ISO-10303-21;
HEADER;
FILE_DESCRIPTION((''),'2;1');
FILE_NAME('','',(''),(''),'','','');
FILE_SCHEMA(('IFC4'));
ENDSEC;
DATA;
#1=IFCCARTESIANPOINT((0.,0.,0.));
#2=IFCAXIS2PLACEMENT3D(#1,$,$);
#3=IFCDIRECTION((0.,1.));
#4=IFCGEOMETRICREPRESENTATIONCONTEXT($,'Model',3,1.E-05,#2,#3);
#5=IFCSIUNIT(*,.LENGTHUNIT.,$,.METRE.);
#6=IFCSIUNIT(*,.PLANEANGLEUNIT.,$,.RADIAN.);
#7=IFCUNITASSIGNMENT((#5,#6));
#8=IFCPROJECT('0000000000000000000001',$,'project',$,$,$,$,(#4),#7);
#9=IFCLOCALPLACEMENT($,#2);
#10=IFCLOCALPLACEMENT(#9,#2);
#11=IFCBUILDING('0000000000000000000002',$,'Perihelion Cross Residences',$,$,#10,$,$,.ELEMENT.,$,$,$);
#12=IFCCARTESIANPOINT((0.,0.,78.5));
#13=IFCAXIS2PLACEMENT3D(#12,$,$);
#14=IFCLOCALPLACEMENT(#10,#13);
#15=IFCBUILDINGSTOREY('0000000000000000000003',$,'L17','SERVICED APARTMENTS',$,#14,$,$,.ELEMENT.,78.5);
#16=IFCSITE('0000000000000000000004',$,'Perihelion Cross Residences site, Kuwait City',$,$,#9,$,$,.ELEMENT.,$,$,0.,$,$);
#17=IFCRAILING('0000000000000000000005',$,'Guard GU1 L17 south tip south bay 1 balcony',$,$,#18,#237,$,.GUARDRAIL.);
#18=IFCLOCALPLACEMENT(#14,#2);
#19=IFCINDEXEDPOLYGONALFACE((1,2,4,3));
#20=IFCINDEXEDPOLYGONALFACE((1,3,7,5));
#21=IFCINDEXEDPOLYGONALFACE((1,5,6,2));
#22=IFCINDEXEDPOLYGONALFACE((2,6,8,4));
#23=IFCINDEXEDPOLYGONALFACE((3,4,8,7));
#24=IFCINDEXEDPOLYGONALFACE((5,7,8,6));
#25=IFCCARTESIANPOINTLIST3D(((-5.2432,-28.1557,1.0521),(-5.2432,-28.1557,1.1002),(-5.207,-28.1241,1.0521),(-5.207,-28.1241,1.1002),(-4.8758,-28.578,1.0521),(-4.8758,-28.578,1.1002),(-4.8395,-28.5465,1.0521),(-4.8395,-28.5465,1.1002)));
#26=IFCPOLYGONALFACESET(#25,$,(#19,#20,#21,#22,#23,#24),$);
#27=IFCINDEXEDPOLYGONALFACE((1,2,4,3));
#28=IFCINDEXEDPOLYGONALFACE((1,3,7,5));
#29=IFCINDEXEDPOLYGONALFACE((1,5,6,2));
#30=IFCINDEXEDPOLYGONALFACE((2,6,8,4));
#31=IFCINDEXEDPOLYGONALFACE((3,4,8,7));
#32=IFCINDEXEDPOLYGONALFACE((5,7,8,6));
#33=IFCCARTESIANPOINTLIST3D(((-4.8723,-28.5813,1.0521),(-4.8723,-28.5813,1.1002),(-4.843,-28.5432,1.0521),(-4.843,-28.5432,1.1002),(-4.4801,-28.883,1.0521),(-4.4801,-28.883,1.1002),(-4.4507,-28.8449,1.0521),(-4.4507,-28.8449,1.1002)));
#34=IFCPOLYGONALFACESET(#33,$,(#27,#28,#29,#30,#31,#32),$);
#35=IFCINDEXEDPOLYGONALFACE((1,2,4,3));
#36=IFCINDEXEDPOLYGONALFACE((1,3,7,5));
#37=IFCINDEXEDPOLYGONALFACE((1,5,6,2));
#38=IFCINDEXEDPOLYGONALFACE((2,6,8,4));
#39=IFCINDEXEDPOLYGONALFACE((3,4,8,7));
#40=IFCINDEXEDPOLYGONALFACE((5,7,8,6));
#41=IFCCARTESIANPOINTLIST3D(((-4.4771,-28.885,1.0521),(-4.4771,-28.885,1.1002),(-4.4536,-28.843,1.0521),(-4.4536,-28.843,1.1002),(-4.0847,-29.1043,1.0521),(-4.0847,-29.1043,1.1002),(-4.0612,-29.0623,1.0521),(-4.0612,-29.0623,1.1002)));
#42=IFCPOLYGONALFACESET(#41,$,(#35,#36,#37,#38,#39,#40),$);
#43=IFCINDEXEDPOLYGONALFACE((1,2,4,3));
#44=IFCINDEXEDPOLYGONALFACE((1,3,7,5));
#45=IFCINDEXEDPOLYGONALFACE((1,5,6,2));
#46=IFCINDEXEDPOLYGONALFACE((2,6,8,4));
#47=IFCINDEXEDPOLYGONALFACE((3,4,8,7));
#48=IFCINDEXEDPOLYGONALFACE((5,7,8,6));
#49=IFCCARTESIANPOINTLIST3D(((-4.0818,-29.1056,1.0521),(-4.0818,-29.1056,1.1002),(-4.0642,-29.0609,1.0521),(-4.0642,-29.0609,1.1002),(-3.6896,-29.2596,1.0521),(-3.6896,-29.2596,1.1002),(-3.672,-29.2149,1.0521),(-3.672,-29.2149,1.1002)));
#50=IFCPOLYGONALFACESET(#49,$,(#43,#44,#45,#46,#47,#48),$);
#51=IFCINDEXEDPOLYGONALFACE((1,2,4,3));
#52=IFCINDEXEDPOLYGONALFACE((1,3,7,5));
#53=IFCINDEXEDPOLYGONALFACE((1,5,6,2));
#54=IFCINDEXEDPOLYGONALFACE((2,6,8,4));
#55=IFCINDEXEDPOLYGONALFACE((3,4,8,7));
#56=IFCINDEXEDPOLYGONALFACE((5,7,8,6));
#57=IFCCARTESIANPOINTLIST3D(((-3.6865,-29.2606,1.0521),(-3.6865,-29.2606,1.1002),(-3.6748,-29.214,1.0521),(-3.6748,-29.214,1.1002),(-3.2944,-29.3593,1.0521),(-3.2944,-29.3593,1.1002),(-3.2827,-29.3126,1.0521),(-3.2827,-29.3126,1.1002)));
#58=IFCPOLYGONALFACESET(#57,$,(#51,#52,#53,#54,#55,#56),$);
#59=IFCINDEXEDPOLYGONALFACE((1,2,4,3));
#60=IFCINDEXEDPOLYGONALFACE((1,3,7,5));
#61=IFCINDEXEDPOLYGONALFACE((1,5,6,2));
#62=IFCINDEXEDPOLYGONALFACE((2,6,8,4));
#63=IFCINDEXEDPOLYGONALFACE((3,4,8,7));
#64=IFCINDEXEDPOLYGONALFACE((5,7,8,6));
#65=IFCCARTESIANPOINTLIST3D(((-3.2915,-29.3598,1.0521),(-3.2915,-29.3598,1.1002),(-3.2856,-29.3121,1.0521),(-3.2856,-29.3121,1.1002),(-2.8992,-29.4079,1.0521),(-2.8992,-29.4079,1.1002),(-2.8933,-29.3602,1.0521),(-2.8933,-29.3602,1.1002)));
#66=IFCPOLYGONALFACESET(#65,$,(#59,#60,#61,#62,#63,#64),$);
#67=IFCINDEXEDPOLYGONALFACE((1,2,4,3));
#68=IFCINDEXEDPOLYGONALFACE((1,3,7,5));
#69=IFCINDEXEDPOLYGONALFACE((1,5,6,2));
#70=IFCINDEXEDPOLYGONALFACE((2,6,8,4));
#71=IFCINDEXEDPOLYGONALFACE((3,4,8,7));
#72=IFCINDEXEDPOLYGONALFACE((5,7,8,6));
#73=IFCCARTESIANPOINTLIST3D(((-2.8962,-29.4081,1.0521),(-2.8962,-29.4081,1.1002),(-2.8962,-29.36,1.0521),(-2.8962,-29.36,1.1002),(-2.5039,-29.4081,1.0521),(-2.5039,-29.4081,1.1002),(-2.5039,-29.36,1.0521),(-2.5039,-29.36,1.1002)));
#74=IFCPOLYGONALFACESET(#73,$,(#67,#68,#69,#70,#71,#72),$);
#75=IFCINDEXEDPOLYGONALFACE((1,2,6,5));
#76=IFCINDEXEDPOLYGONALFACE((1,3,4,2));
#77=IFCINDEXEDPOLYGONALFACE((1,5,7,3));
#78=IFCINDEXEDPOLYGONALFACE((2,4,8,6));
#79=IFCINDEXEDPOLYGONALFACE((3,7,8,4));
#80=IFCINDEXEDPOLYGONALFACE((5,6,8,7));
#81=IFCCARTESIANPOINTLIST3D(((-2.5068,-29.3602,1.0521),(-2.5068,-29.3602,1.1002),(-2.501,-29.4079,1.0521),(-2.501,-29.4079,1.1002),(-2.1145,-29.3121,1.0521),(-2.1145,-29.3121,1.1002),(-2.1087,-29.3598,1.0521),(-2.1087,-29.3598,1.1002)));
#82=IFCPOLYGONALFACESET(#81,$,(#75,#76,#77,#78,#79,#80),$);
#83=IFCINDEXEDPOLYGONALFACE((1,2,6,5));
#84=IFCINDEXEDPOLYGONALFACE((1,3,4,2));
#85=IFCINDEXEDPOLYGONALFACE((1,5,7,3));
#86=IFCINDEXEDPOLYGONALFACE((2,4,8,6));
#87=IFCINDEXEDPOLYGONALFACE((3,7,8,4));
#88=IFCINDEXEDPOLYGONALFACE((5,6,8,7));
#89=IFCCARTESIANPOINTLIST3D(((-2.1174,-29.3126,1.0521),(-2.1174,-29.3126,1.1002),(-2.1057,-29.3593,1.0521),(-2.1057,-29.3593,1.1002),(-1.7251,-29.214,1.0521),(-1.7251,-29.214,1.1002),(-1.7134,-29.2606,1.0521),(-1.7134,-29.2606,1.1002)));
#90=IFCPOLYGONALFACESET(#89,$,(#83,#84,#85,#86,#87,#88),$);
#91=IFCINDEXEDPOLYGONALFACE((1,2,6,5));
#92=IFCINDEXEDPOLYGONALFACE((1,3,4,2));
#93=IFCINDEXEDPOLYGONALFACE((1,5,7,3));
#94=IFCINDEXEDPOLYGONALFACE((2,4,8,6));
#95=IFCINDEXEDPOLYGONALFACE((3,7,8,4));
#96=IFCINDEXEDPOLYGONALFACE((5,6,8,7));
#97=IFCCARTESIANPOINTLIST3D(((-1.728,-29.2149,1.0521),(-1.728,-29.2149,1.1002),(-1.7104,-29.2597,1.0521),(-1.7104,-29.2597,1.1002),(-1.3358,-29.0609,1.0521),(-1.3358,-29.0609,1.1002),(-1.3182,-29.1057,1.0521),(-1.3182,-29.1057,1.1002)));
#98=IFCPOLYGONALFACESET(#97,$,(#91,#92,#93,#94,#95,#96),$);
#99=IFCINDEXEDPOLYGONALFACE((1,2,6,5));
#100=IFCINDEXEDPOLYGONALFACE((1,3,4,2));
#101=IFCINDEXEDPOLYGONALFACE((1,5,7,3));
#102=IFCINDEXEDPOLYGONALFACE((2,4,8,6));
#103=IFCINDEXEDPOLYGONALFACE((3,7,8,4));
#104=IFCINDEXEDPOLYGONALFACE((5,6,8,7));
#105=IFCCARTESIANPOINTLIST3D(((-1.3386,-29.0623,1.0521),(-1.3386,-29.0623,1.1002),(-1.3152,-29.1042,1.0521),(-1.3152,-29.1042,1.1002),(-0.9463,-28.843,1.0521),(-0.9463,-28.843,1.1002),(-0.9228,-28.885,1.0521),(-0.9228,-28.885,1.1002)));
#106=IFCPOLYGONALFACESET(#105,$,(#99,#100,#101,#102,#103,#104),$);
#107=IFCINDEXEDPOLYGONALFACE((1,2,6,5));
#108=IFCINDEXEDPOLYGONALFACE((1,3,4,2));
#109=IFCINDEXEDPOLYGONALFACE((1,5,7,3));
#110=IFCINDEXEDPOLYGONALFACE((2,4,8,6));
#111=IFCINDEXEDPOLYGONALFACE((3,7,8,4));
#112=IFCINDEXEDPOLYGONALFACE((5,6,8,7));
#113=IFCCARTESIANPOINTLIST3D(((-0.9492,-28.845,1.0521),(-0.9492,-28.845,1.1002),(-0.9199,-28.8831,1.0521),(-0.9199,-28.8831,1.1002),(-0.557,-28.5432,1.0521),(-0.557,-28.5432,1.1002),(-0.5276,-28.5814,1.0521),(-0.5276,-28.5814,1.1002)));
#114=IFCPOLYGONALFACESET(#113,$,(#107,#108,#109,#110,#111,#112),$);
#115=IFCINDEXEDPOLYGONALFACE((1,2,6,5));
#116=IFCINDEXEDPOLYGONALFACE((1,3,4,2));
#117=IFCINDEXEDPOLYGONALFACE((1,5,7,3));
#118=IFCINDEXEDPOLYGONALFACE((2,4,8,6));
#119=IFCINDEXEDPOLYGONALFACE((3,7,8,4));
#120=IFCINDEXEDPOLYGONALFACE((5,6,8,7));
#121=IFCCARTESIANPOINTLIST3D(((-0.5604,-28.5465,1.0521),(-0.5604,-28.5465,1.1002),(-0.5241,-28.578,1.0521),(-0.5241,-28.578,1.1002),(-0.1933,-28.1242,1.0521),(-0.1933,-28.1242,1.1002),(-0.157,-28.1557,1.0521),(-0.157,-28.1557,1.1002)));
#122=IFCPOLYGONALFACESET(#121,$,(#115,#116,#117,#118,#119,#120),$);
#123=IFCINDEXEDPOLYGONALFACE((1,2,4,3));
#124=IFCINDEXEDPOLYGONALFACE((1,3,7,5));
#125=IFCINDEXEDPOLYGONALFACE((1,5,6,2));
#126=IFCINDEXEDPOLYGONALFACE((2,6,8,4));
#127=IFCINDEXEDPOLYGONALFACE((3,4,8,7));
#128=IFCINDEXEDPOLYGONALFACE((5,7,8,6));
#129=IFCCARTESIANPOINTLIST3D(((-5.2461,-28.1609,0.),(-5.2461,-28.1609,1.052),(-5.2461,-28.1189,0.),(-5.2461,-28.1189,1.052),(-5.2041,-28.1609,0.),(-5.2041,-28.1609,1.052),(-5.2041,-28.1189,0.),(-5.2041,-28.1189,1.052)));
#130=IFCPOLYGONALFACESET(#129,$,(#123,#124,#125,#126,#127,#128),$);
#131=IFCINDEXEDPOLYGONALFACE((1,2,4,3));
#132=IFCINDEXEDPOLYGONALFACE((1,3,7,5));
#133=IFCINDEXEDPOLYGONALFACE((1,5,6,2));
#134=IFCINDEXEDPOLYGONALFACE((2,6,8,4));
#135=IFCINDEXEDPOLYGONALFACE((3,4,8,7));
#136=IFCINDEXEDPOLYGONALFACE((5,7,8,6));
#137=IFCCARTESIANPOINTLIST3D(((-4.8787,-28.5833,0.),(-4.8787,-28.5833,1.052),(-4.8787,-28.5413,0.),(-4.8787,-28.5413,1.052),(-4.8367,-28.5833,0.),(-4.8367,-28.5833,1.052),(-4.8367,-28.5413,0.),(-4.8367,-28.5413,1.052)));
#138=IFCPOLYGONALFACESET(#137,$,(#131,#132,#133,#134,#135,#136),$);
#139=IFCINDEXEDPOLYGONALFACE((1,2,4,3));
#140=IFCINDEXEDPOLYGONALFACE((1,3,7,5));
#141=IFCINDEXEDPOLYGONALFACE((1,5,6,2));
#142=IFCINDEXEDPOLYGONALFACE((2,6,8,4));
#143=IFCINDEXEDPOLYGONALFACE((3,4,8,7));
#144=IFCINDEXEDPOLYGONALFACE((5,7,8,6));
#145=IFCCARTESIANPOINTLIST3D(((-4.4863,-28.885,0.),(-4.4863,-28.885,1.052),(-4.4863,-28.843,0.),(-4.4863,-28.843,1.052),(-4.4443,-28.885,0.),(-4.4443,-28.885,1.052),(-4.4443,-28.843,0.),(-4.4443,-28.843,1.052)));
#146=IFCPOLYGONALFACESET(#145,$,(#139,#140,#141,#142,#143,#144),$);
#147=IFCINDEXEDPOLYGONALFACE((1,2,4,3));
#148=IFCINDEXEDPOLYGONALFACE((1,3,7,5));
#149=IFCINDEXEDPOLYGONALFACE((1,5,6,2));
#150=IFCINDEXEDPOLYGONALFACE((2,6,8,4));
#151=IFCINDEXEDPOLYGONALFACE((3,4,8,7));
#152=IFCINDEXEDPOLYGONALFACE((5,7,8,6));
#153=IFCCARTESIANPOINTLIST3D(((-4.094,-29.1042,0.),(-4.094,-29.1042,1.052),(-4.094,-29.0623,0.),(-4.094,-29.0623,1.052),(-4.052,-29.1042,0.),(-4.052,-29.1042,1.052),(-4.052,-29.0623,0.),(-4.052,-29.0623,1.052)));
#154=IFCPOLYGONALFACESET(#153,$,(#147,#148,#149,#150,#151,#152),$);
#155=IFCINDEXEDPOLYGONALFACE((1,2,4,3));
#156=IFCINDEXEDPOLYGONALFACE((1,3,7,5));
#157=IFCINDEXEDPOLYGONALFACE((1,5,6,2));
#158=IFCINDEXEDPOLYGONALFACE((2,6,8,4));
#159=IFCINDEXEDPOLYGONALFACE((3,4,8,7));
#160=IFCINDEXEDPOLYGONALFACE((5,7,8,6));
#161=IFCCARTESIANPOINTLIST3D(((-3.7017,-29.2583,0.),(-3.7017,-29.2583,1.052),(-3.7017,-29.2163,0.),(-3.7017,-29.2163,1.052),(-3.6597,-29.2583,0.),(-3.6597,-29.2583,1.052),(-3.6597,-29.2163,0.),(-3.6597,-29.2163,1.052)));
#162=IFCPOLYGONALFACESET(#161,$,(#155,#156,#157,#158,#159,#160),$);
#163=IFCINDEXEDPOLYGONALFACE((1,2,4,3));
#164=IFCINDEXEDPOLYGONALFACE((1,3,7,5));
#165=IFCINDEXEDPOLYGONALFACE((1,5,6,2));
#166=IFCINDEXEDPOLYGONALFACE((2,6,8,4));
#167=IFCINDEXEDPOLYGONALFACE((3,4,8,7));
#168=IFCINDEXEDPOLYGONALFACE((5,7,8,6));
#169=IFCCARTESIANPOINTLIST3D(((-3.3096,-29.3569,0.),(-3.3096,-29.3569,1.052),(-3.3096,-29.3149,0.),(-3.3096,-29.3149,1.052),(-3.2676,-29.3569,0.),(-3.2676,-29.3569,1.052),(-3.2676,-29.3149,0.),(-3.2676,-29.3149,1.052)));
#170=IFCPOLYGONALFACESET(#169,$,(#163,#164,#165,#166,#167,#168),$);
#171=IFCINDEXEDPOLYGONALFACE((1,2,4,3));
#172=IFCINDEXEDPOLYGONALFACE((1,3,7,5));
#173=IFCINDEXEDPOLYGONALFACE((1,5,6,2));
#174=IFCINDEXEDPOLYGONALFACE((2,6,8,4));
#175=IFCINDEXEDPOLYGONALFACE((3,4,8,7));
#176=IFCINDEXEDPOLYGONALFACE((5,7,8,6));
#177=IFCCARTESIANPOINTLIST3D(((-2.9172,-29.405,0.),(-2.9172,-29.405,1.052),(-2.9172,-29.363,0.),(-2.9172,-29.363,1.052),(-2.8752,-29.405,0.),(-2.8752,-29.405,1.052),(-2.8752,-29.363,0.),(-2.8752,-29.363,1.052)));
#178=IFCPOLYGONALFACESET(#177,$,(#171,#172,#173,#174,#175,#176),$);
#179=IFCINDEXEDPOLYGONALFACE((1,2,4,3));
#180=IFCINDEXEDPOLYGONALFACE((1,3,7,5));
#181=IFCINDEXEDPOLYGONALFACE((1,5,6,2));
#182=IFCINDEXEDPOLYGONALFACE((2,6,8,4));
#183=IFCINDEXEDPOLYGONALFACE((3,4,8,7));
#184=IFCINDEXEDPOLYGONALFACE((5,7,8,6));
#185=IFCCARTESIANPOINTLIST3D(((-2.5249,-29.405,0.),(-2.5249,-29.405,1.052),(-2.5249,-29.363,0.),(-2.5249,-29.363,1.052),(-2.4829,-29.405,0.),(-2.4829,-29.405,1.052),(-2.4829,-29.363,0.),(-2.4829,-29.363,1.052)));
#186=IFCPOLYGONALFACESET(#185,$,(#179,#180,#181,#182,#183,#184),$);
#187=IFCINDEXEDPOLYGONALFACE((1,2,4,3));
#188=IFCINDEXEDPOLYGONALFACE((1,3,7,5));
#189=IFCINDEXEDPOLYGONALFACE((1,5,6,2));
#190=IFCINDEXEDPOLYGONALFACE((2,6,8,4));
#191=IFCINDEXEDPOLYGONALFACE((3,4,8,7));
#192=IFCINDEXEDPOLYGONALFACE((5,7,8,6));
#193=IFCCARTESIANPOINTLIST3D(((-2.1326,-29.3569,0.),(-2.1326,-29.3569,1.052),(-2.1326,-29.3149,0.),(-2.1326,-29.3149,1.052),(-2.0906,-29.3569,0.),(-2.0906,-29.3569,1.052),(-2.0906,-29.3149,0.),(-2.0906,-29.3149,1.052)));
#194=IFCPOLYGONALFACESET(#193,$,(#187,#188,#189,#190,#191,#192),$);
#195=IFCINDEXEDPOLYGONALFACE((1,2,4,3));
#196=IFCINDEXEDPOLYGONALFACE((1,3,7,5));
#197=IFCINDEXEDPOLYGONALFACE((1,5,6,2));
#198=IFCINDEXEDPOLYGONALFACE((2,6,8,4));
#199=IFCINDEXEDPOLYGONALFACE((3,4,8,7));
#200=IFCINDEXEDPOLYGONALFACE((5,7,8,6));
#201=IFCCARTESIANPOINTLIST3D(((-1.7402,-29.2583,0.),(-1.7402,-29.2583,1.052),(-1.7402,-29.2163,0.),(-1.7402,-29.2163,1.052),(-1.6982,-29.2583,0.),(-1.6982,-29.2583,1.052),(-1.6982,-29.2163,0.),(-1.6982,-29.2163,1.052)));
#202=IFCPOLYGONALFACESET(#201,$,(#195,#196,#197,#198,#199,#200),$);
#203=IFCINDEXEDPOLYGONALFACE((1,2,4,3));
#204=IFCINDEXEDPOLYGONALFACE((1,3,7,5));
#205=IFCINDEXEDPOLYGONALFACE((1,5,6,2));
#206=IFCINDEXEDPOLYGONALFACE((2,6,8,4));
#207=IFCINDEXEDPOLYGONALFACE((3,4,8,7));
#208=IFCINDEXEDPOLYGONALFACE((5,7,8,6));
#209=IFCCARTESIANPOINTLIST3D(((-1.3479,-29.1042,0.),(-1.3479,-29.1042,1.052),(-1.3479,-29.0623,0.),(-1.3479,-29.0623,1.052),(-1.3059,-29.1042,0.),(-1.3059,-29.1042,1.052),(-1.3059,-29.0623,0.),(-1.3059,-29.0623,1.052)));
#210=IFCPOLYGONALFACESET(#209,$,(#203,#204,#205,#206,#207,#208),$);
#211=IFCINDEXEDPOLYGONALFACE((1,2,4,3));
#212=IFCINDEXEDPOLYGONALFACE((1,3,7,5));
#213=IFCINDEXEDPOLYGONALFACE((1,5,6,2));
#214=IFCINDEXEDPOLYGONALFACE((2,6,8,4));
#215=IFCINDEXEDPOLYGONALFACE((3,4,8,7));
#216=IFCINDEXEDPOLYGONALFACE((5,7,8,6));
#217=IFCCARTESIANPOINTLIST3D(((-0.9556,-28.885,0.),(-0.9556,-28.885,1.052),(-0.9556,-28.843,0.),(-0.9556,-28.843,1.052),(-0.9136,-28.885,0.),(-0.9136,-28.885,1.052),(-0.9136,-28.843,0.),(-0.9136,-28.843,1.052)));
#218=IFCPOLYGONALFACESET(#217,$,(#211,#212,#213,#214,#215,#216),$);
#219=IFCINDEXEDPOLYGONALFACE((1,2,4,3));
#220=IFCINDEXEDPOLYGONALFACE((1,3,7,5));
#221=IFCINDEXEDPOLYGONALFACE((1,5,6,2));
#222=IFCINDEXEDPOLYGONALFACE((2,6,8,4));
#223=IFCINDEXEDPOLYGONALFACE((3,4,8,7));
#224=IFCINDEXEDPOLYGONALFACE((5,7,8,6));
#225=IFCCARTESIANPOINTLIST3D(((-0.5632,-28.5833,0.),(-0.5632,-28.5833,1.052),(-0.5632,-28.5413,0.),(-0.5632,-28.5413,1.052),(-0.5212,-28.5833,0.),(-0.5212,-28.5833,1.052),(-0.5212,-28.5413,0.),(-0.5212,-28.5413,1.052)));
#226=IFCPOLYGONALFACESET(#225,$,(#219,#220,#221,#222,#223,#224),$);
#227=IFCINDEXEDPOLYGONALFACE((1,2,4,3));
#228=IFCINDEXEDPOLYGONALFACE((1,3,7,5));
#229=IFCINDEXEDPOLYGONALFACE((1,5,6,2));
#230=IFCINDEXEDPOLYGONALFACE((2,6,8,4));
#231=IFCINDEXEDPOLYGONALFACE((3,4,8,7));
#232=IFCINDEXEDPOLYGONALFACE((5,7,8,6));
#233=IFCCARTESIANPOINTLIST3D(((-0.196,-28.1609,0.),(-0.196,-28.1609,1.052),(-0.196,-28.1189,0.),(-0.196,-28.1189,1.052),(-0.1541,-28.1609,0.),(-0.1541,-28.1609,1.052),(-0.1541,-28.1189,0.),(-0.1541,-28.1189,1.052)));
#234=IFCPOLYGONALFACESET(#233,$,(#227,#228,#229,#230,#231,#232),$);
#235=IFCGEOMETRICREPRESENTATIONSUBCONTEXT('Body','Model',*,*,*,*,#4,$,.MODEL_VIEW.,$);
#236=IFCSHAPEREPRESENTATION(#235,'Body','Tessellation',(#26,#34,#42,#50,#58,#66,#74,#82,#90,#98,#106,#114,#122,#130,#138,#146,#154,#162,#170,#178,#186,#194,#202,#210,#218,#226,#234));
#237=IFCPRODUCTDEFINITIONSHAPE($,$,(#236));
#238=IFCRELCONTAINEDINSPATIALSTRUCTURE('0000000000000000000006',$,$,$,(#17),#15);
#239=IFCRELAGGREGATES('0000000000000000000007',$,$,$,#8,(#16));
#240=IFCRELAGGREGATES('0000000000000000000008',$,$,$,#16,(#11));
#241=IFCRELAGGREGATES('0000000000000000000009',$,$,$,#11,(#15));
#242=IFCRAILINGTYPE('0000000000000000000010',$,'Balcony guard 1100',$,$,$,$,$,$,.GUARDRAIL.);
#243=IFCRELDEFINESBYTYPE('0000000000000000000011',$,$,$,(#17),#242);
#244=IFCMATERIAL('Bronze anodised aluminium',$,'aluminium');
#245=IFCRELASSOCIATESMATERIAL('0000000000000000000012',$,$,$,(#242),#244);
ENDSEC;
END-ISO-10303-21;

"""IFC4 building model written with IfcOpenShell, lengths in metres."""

from ifc_helpers import new_model, si_unit, direction, frame, origin, origin_2d, place, context, subcontext, project, spatial, rectangle, extrude, material, type_object, element, save


model = new_model("IFC4")

# Units and contexts
model_context = context("Model", 3, precision=1e-05, world=origin(), true_north=direction((0.0, 1.0)))
body_context = subcontext(model_context, "Body", "Model", "MODEL_VIEW")
ifc_project = project(units=[si_unit("LENGTHUNIT", "METRE"), si_unit("PLANEANGLEUNIT", "RADIAN")], contexts=[model_context])

# Site, building, storey
site_placement = place(None, origin())
site = spatial("IfcSite", under=ifc_project, at=site_placement, Name="Perihelion Cross Residences site, Kuwait City", CompositionType="ELEMENT", RefElevation=0.0)
building_placement = place(site_placement, origin())
building = spatial("IfcBuilding", under=site, at=building_placement, Name="Perihelion Cross Residences", CompositionType="ELEMENT")
storey_placement = place(building_placement, frame((0.0, 0.0, 78.5)))
storey = spatial("IfcBuildingStorey", under=building, at=storey_placement, Name="L17", Description="SERVICED APARTMENTS", CompositionType="ELEMENT", Elevation=78.5)

# Railing
ifc_material_1 = material(Name="Bronze anodised aluminium", Category="aluminium")
railing_type = type_object("IfcRailingType", Name="Balcony guard 1100", PredefinedType="GUARDRAIL", material=ifc_material_1)
railing_placement = place(storey_placement, frame((-5.2251, -28.1399, 0.0)))
element("IfcRailing", 1, at=railing_placement, inside=storey, type_object=railing_type, Name="Guard GU1 L17 south tip south bay 1 balcony", PredefinedType="GUARDRAIL", context=body_context, shape_type="SweptSolid", body=[
    extrude(rectangle(XDim=0.0481, YDim=0.0481, at=origin_2d()), frame((0.0, 0.0, 1.0762), z_axis=(0.656341, -0.754465, 0.0), x_axis=(0.754465, 0.656341, 0.0)), (0.0, 0.0, 1.0), 0.5598),
    extrude(rectangle(XDim=0.0481, YDim=0.0481, at=origin_2d()), frame((0.3674, -0.4224, 1.0762), z_axis=(0.792661, -0.609663, 0.0), x_axis=(0.609663, 0.792661, 0.0)), (0.0, 0.0, 1.0), 0.4949),
    extrude(rectangle(XDim=0.0481, YDim=0.0481, at=origin_2d()), frame((0.7598, -0.7241, 1.0762), z_axis=(0.87295, -0.487809, 0.0), x_axis=(0.487809, 0.87295, 0.0)), (0.0, 0.0, 1.0), 0.4495),
    extrude(rectangle(XDim=0.0481, YDim=0.0481, at=origin_2d()), frame((1.1521, -0.9434, 1.0762), z_axis=(0.930815, -0.365491, 0.0), x_axis=(0.365491, 0.930815, 0.0)), (0.0, 0.0, 1.0), 0.4214),
    extrude(rectangle(XDim=0.0481, YDim=0.0481, at=origin_2d()), frame((1.5444, -1.0974, 1.0762), z_axis=(0.969786, -0.243956, 0.0), x_axis=(0.243956, 0.969786, 0.0)), (0.0, 0.0, 1.0), 0.4043),
    extrude(rectangle(XDim=0.0481, YDim=0.0481, at=origin_2d()), frame((1.9365, -1.196, 1.0762), z_axis=(0.99257, -0.121678, 0.0), x_axis=(0.121678, 0.99257, 0.0)), (0.0, 0.0, 1.0), 0.3953),
    extrude(rectangle(XDim=0.0481, YDim=0.0481, at=origin_2d()), frame((2.3289, -1.2441, 1.0762), z_axis=(1.0, 0.0, 0.0), x_axis=(0.0, 1.0, 0.0)), (0.0, 0.0, 1.0), 0.3923),
    extrude(rectangle(XDim=0.0481, YDim=0.0481, at=origin_2d()), frame((2.7212, -1.2441, 1.0762), z_axis=(0.99257, 0.121678, 0.0), x_axis=(-0.121678, 0.99257, 0.0)), (0.0, 0.0, 1.0), 0.3953),
    extrude(rectangle(XDim=0.0481, YDim=0.0481, at=origin_2d()), frame((3.1135, -1.196, 1.0762), z_axis=(0.969822, 0.243813, 0.0), x_axis=(-0.243813, 0.969822, 0.0)), (0.0, 0.0, 1.0), 0.4045),
    extrude(rectangle(XDim=0.0481, YDim=0.0481, at=origin_2d()), frame((3.5059, -1.0974, 1.0762), z_axis=(0.930815, 0.365491, 0.0), x_axis=(-0.365491, 0.930815, 0.0)), (0.0, 0.0, 1.0), 0.4214),
    extrude(rectangle(XDim=0.0481, YDim=0.0481, at=origin_2d()), frame((3.8982, -0.9434, 1.0762), z_axis=(0.87295, 0.487809, 0.0), x_axis=(-0.487809, 0.87295, 0.0)), (0.0, 0.0, 1.0), 0.4495),
    extrude(rectangle(XDim=0.0481, YDim=0.0481, at=origin_2d()), frame((4.2905, -0.7241, 1.0762), z_axis=(0.792661, 0.609663, 0.0), x_axis=(-0.609663, 0.792661, 0.0)), (0.0, 0.0, 1.0), 0.4949),
    extrude(rectangle(XDim=0.0481, YDim=0.0481, at=origin_2d()), frame((4.6829, -0.4224, 1.0762), z_axis=(0.656092, 0.754681, 0.0), x_axis=(-0.754681, 0.656092, 0.0)), (0.0, 0.0, 1.0), 0.5596),
    extrude(rectangle(XDim=0.042, YDim=0.042, at=origin_2d()), origin(), (0.0, 0.0, 1.0), 1.052),
    extrude(rectangle(XDim=0.042, YDim=0.042, at=origin_2d()), frame((0.3674, -0.4224, 0.0)), (0.0, 0.0, 1.0), 1.052),
    extrude(rectangle(XDim=0.042, YDim=0.042, at=origin_2d()), frame((0.7598, -0.7241, 0.0)), (0.0, 0.0, 1.0), 1.052),
    extrude(rectangle(XDim=0.042, YDim=0.042, at=origin_2d()), frame((1.1521, -0.9434, 0.0)), (0.0, 0.0, 1.0), 1.052),
    extrude(rectangle(XDim=0.042, YDim=0.042, at=origin_2d()), frame((1.5444, -1.0974, 0.0)), (0.0, 0.0, 1.0), 1.052),
    extrude(rectangle(XDim=0.042, YDim=0.042, at=origin_2d()), frame((1.9365, -1.196, 0.0)), (0.0, 0.0, 1.0), 1.052),
    extrude(rectangle(XDim=0.042, YDim=0.042, at=origin_2d()), frame((2.3289, -1.2441, 0.0)), (0.0, 0.0, 1.0), 1.052),
    extrude(rectangle(XDim=0.042, YDim=0.042, at=origin_2d()), frame((2.7212, -1.2441, 0.0)), (0.0, 0.0, 1.0), 1.052),
    extrude(rectangle(XDim=0.042, YDim=0.042, at=origin_2d()), frame((3.1135, -1.196, 0.0)), (0.0, 0.0, 1.0), 1.052),
    extrude(rectangle(XDim=0.042, YDim=0.042, at=origin_2d()), frame((3.5059, -1.0974, 0.0)), (0.0, 0.0, 1.0), 1.052),
    extrude(rectangle(XDim=0.042, YDim=0.042, at=origin_2d()), frame((3.8982, -0.9434, 0.0)), (0.0, 0.0, 1.0), 1.052),
    extrude(rectangle(XDim=0.042, YDim=0.042, at=origin_2d()), frame((4.2905, -0.7241, 0.0)), (0.0, 0.0, 1.0), 1.052),
    extrude(rectangle(XDim=0.042, YDim=0.042, at=origin_2d()), frame((4.6829, -0.4224, 0.0)), (0.0, 0.0, 1.0), 1.052),
    extrude(rectangle(XDim=0.042, YDim=0.042, at=origin_2d()), frame((5.05, 0.0, 0.0)), (0.0, 0.0, 1.0), 1.052),
])

save(model, "model.ifc")
